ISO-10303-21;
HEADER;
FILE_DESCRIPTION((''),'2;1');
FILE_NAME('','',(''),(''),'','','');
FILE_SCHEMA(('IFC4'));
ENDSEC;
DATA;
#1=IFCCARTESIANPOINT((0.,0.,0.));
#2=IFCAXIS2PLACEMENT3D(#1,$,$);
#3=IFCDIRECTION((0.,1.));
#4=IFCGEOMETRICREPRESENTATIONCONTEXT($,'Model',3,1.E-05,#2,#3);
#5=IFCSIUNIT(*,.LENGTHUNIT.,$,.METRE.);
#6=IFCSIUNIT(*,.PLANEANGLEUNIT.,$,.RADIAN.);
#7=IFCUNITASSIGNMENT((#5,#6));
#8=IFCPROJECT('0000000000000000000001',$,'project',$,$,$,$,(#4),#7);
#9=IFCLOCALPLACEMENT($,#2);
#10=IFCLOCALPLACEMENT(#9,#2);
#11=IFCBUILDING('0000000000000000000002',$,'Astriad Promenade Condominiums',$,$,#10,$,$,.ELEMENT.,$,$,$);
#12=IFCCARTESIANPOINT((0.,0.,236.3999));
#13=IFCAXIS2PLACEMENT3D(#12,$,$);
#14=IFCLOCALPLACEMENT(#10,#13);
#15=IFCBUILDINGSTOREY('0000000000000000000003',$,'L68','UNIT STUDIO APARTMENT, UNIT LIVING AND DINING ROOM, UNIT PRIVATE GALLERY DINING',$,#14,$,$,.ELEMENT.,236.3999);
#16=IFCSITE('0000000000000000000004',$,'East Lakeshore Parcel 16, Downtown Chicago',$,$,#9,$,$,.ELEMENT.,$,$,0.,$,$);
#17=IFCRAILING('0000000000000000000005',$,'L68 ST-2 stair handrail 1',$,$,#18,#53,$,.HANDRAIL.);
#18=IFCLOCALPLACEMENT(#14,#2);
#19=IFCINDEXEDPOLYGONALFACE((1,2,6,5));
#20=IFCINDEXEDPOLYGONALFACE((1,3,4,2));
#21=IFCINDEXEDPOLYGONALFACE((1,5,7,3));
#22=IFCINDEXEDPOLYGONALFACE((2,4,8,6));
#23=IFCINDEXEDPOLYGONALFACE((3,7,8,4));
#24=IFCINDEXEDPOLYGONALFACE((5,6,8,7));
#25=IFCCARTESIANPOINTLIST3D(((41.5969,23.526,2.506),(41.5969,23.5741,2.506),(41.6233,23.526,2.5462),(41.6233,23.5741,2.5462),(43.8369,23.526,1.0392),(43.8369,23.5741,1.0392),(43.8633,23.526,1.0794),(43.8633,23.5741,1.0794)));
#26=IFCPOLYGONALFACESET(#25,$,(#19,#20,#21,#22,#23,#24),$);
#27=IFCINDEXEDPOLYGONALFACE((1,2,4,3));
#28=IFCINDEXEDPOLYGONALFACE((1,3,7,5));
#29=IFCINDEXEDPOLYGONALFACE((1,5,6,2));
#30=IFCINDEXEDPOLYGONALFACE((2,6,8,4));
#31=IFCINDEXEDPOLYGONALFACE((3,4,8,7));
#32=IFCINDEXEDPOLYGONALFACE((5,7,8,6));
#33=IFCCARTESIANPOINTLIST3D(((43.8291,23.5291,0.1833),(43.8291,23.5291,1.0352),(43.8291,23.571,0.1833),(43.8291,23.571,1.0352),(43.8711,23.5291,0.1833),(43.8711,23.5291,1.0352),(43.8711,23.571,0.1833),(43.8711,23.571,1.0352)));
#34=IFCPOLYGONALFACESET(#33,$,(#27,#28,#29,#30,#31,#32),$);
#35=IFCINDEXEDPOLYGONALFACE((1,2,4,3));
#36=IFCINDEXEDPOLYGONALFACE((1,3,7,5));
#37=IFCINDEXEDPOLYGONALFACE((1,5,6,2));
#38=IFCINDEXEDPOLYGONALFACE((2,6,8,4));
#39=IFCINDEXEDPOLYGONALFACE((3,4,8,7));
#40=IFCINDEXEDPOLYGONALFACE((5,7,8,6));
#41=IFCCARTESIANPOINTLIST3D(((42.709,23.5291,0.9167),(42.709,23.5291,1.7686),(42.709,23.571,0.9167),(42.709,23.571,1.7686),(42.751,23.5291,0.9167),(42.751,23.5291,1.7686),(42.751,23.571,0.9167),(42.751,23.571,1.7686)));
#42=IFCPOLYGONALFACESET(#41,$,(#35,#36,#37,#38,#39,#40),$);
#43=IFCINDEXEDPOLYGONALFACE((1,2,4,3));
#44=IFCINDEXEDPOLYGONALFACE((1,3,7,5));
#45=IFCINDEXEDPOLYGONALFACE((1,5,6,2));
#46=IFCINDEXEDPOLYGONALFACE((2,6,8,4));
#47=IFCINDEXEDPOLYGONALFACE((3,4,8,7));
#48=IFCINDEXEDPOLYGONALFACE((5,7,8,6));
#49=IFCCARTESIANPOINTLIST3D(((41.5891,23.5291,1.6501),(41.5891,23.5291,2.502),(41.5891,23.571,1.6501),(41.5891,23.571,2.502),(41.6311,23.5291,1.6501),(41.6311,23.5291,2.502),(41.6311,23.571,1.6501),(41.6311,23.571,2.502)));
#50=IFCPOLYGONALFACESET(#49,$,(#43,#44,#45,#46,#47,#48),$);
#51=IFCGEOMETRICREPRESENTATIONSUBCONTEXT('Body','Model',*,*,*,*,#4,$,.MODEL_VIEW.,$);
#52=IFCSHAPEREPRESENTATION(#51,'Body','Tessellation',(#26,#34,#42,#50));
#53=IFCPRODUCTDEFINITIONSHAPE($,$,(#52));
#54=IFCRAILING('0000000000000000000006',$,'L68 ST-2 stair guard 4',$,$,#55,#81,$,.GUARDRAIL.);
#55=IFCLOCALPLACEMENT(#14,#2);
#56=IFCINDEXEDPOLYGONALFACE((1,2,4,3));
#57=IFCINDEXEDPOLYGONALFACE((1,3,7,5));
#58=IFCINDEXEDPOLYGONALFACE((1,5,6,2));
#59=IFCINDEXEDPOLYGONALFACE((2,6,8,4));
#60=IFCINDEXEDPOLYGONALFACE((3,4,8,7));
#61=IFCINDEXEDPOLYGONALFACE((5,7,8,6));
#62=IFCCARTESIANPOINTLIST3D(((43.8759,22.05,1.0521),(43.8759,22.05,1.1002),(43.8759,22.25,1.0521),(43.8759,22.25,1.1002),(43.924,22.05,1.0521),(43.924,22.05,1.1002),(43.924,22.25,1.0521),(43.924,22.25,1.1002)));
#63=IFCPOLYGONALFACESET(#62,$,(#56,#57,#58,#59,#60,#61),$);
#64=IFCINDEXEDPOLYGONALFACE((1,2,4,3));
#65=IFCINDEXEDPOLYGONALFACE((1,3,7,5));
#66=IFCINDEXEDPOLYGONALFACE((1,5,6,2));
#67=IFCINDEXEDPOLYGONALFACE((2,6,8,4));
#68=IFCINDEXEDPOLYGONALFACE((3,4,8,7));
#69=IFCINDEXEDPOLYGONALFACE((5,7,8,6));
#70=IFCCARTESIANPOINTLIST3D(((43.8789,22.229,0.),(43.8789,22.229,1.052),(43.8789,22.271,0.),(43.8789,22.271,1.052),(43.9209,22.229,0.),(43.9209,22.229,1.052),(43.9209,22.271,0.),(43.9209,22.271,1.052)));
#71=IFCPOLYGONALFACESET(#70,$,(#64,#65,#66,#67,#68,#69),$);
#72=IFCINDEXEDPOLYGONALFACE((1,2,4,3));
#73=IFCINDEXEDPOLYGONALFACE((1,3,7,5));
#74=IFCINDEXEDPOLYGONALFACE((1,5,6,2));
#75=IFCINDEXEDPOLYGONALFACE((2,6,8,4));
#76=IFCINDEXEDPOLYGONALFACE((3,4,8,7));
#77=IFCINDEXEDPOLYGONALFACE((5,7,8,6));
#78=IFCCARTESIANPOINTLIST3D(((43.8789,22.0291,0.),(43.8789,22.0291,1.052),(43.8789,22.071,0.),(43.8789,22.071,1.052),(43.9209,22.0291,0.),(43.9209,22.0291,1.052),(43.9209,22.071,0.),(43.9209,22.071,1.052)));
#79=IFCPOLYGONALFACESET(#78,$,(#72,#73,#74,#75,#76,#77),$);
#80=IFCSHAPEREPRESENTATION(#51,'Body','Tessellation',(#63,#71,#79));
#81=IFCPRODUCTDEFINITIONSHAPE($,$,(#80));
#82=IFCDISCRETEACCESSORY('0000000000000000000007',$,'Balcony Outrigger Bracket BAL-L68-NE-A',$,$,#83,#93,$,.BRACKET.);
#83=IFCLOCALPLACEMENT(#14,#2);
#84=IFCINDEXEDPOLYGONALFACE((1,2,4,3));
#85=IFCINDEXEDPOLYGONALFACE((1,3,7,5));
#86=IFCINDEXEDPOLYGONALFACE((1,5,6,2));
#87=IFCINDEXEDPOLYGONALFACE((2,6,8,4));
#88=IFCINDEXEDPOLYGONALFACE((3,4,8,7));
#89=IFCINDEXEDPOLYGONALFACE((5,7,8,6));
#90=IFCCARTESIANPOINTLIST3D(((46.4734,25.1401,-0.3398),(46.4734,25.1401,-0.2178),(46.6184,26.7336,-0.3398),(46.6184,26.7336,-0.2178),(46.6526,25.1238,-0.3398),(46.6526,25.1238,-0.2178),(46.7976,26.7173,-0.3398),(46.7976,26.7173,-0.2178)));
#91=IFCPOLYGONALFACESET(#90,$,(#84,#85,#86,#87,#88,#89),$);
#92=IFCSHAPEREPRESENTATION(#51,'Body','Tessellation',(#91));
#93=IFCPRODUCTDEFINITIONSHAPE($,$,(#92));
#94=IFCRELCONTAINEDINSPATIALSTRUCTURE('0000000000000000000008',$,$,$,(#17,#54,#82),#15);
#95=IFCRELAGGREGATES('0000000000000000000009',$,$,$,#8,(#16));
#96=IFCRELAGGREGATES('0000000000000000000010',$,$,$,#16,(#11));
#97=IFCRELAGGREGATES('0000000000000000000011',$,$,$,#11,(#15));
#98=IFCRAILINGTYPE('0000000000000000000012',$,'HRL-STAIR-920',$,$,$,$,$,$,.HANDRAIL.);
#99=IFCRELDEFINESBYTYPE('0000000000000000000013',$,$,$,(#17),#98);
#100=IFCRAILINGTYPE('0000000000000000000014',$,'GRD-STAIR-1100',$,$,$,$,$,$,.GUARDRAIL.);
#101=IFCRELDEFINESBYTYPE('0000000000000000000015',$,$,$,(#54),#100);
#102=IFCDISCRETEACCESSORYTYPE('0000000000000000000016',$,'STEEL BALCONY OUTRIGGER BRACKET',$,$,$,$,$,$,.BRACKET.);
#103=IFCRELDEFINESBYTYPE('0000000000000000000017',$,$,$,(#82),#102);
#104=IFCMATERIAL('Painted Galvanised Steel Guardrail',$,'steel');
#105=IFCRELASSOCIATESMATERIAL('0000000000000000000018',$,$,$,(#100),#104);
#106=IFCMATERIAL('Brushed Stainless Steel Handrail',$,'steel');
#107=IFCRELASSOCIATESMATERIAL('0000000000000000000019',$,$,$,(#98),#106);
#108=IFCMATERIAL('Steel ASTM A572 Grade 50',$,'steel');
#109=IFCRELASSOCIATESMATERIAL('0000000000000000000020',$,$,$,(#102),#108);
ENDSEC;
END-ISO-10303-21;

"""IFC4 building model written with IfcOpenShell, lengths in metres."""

from ifc_helpers import new_model, si_unit, direction, frame, origin, origin_2d, place, context, subcontext, project, spatial, rectangle, extrude, source, transform, mapped, material, type_object, type_shapes, element, save


model = new_model("IFC4")

# Units and contexts
model_context = context("Model", 3, precision=1e-05, world=origin(), true_north=direction((0.0, 1.0)))
body_context = subcontext(model_context, "Body", "Model", "MODEL_VIEW")
ifc_project = project(units=[si_unit("LENGTHUNIT", "METRE"), si_unit("PLANEANGLEUNIT", "RADIAN")], contexts=[model_context])

# Site, building, storey
site_placement = place(None, origin())
site = spatial("IfcSite", under=ifc_project, at=site_placement, Name="East Lakeshore Parcel 16, Downtown Chicago", CompositionType="ELEMENT", RefElevation=0.0)
building_placement = place(site_placement, origin())
building = spatial("IfcBuilding", under=site, at=building_placement, Name="Astriad Promenade Condominiums", CompositionType="ELEMENT")
storey_placement = place(building_placement, frame((0.0, 0.0, 236.3999)))
storey = spatial("IfcBuildingStorey", under=building, at=storey_placement, Name="L68", Description="UNIT STUDIO APARTMENT, UNIT LIVING AND DINING ROOM, UNIT PRIVATE GALLERY DINING", CompositionType="ELEMENT", Elevation=236.3999)

# Railings
ifc_material_1 = material(Name="Painted Galvanised Steel Guardrail", Category="steel")
railing_type_1 = type_object("IfcRailingType", Name="GRD-STAIR-1100", PredefinedType="GUARDRAIL", material=ifc_material_1)
ifc_material_2 = material(Name="Brushed Stainless Steel Handrail", Category="steel")
railing_type_2 = type_object("IfcRailingType", Name="HRL-STAIR-920", PredefinedType="HANDRAIL", material=ifc_material_2)
shared_shape_1 = source(origin(), body_context, "Body", "SweptSolid", [
    extrude(rectangle(XDim=0.0481, YDim=0.0481, at=origin_2d()), frame((0.0, 0.0, 0.876), z_axis=(-0.836595, 0.0, 0.547822), x_axis=(0.0, -1.0, 0.0)), (0.0, 0.0, 1.0), 2.6775),
    extrude(rectangle(XDim=0.042, YDim=0.042, at=origin_2d()), origin(), (0.0, 0.0, 1.0), 0.8518),
    extrude(rectangle(XDim=0.042, YDim=0.042, at=origin_2d()), frame((-1.1201, 0.0, 0.7334)), (0.0, 0.0, 1.0), 0.8518),
    extrude(rectangle(XDim=0.042, YDim=0.042, at=origin_2d()), frame((-2.24, 0.0, 1.4668)), (0.0, 0.0, 1.0), 0.8518),
])
type_shapes(railing_type_2, [shared_shape_1])
railing_1_placement = place(storey_placement, frame((43.8501, 23.55, 0.1833)))
element("IfcRailing", 1, at=railing_1_placement, inside=storey, type_object=railing_type_2, Name="L68 ST-2 stair handrail 1", PredefinedType="HANDRAIL", context=body_context, shape_type="MappedRepresentation", body=[
    mapped(shared_shape_1, transform((0.0, 0.0, 0.0), scale=1.0)),
])
shared_shape_2 = source(origin(), body_context, "Body", "SweptSolid", [
    extrude(rectangle(XDim=0.0481, YDim=0.0481, at=origin_2d()), frame((0.0, 0.0, 1.0762), z_axis=(0.0, -1.0, 0.0), x_axis=(1.0, 0.0, 0.0)), (0.0, 0.0, 1.0), 0.2),
    extrude(rectangle(XDim=0.042, YDim=0.042, at=origin_2d()), origin(), (0.0, 0.0, 1.0), 1.052),
    extrude(rectangle(XDim=0.042, YDim=0.042, at=origin_2d()), frame((0.0, -0.2, 0.0)), (0.0, 0.0, 1.0), 1.052),
])
railing_2_placement = place(storey_placement, frame((43.8999, 22.25, 0.0)))
element("IfcRailing", 2, at=railing_2_placement, inside=storey, type_object=railing_type_1, Name="L68 ST-2 stair guard 4", PredefinedType="GUARDRAIL", context=body_context, shape_type="MappedRepresentation", body=[
    mapped(shared_shape_2, transform((0.0, 0.0, 0.0), scale=1.0)),
])

# Discrete accessory
ifc_material_3 = material(Name="Steel ASTM A572 Grade 50", Category="steel")
discrete_accessory_type = type_object("IfcDiscreteAccessoryType", Name="STEEL BALCONY OUTRIGGER BRACKET", PredefinedType="BRACKET", material=ifc_material_3)
shared_shape_3 = source(origin(), body_context, "Body", "SweptSolid", [
    extrude(rectangle(XDim=1.6001, YDim=0.1799, at=origin_2d()), origin(), (0.0, 0.0, 1.0), 0.1221),
])
type_shapes(discrete_accessory_type, [shared_shape_3])
discrete_accessory_placement = place(storey_placement, frame((46.6355, 25.9287, -0.3398), z_axis=(0.0, 0.0, 1.0), x_axis=(0.090633, 0.995884, 0.0)))
element("IfcDiscreteAccessory", 3, at=discrete_accessory_placement, inside=storey, type_object=discrete_accessory_type, Name="Balcony Outrigger Bracket BAL-L68-NE-A", PredefinedType="BRACKET", context=body_context, shape_type="MappedRepresentation", body=[
    mapped(shared_shape_3, transform((0.0, 0.0, 0.0), scale=1.0)),
])

save(model, "model.ifc")
